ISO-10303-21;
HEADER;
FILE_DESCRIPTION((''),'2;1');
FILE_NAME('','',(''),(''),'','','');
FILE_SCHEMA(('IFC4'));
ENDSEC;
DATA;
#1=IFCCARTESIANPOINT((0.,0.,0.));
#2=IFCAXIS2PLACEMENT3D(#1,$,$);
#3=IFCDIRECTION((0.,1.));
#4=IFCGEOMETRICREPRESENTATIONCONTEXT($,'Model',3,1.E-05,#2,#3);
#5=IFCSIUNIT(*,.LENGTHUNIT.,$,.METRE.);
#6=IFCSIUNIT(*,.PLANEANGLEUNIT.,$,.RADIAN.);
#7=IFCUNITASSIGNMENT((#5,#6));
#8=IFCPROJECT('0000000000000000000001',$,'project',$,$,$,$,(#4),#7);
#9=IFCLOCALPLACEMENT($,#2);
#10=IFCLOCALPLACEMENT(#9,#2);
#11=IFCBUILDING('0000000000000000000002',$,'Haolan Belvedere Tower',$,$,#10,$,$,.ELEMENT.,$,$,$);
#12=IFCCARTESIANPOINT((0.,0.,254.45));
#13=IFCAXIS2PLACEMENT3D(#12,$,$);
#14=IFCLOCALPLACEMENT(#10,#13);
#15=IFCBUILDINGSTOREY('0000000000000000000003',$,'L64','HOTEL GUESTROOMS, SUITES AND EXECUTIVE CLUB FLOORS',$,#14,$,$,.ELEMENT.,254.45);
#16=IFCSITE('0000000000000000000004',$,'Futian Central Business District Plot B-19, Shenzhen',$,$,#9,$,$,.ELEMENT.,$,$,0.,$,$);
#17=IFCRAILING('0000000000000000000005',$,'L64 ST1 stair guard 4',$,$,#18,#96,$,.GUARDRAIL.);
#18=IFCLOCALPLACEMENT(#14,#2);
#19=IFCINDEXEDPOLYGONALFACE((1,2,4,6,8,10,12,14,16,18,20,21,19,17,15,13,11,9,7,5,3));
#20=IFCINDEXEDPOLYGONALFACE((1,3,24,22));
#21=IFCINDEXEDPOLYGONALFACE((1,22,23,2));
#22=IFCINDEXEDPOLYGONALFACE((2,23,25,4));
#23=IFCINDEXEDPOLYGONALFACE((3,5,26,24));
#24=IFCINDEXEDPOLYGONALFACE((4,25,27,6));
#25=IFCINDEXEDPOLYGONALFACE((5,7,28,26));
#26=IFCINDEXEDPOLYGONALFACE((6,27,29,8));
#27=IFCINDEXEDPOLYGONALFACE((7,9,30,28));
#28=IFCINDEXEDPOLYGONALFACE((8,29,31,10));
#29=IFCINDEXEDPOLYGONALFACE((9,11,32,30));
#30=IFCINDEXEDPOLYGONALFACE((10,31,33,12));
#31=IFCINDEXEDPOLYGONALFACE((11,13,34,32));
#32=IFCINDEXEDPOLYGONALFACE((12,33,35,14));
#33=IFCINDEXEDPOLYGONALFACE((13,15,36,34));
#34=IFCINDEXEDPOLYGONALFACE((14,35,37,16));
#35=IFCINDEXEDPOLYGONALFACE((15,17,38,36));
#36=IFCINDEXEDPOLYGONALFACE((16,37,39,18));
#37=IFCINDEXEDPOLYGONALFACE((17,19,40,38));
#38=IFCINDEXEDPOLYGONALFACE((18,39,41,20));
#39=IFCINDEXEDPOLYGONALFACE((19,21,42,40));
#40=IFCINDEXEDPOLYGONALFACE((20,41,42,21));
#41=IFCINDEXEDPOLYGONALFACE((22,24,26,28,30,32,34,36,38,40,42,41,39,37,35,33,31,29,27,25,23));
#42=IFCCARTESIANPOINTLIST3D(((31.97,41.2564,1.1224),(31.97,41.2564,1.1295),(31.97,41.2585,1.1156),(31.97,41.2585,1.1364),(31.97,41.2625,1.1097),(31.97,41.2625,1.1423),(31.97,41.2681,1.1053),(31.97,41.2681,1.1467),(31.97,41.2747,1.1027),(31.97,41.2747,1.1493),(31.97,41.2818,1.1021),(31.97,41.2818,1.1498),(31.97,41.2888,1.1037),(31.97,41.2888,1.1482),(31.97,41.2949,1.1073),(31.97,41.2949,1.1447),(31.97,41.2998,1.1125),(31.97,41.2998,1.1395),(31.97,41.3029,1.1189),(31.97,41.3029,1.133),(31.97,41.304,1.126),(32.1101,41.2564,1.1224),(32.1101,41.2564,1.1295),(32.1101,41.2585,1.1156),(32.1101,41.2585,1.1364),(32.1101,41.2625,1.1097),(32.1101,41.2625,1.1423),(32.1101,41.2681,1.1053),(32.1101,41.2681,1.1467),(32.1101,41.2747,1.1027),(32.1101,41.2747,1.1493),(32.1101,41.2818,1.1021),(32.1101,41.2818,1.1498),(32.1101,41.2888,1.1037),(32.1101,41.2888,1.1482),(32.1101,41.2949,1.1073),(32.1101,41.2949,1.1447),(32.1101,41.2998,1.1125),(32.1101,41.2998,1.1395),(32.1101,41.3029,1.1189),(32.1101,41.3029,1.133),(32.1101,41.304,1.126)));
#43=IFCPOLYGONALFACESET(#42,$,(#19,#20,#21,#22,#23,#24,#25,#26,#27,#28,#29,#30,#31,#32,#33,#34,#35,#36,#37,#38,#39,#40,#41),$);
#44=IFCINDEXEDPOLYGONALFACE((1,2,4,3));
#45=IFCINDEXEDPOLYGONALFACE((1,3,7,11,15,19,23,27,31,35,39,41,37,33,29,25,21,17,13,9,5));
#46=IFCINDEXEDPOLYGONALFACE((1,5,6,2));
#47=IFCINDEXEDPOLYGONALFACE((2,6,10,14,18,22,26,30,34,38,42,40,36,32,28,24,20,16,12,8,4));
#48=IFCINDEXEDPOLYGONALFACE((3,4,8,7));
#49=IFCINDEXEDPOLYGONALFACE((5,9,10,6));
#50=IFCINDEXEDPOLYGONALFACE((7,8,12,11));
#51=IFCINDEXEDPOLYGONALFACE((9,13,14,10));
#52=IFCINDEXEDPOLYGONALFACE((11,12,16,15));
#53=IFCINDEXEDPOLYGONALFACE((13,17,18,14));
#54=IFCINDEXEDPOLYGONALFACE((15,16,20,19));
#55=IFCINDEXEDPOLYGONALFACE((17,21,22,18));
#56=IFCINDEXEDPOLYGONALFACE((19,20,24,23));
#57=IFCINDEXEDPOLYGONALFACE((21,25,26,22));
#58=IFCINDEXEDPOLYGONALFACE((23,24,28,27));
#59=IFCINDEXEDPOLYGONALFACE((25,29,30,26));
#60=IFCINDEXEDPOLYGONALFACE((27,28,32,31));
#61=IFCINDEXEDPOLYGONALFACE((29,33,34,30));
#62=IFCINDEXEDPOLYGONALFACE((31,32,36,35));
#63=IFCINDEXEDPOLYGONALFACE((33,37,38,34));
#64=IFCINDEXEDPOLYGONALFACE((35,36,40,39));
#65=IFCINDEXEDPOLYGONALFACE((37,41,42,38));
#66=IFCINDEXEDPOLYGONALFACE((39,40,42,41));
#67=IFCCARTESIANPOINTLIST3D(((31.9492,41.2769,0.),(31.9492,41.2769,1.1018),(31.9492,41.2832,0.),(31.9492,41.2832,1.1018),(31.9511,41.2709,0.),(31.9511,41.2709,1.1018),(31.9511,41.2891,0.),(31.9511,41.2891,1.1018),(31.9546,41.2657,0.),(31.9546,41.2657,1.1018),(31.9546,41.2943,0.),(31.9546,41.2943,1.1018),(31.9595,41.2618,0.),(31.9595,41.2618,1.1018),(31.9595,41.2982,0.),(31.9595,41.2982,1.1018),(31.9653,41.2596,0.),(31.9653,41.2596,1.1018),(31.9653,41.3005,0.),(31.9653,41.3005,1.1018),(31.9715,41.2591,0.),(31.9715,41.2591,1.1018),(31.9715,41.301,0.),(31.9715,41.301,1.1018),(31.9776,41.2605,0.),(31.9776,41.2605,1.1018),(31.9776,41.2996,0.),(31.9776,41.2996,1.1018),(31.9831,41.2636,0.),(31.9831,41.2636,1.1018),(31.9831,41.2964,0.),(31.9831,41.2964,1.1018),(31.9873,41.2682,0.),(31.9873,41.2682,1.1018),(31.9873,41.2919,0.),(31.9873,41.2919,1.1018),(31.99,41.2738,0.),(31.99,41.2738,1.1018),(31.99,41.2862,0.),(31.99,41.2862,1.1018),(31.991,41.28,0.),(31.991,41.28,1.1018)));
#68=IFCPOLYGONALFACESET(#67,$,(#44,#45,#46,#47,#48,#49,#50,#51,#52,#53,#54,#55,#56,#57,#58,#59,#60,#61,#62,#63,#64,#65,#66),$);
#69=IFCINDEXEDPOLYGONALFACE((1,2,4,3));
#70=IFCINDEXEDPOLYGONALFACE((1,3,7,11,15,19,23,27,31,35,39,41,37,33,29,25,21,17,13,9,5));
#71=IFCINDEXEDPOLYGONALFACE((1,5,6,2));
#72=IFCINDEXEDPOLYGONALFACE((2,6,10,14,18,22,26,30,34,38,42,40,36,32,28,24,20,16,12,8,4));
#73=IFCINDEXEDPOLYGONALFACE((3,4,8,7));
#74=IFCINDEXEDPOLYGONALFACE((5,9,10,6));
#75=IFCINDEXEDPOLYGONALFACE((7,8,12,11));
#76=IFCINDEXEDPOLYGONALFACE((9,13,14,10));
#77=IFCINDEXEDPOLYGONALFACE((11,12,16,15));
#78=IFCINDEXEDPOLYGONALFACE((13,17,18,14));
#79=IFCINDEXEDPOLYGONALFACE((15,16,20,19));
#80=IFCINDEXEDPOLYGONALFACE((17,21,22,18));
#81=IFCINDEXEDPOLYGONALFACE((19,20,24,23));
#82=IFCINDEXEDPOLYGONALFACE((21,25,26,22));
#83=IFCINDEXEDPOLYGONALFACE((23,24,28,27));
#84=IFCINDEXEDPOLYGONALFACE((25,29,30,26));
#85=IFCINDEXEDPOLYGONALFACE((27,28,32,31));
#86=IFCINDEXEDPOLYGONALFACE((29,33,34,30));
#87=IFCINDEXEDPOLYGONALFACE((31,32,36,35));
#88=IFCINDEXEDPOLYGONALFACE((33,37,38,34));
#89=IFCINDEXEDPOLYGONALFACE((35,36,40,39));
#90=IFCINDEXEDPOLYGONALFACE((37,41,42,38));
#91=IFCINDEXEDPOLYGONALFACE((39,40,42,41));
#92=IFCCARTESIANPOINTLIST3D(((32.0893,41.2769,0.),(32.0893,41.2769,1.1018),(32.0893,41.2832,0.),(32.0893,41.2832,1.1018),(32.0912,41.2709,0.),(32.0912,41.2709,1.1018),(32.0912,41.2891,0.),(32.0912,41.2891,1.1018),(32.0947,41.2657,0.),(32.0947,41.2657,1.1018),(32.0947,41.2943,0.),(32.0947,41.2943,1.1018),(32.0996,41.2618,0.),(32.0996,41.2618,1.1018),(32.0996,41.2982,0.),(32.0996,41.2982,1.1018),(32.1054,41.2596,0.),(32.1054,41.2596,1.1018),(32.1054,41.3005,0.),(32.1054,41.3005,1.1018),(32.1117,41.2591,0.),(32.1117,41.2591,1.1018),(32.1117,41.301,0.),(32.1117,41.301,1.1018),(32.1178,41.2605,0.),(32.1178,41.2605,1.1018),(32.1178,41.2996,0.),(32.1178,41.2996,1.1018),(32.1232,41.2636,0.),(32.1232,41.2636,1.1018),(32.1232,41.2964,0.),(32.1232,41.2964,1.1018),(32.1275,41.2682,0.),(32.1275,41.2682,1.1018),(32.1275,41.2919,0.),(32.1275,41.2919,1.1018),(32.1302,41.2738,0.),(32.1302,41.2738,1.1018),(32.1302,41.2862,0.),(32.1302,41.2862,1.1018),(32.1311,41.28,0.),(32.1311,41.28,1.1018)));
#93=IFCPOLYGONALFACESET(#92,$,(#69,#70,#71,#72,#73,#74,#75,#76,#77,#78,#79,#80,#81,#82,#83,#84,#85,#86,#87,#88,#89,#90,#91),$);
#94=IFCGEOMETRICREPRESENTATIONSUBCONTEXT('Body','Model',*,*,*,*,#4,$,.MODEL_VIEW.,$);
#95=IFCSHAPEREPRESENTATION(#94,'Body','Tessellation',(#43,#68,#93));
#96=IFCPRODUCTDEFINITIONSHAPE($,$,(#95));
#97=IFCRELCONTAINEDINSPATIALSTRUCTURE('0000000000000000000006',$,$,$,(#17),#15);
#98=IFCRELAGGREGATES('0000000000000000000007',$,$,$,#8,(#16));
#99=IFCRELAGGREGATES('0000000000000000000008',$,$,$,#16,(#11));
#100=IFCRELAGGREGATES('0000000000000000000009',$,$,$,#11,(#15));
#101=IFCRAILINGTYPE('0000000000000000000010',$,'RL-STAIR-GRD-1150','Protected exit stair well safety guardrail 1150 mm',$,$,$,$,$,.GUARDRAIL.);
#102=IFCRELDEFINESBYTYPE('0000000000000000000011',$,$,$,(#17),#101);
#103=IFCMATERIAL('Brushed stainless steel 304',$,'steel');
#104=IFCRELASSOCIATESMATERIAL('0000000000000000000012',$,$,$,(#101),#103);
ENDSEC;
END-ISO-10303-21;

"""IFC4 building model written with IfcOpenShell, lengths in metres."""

from ifc_helpers import new_model, si_unit, direction, frame, origin, origin_2d, place, context, subcontext, project, spatial, circle, extrude, material, type_object, element, save


model = new_model("IFC4")

# Units and contexts
model_context = context("Model", 3, precision=1e-05, world=origin(), true_north=direction((0.0, 1.0)))
body_context = subcontext(model_context, "Body", "Model", "MODEL_VIEW")
ifc_project = project(units=[si_unit("LENGTHUNIT", "METRE"), si_unit("PLANEANGLEUNIT", "RADIAN")], contexts=[model_context])

# Site, building, storey
site_placement = place(None, origin())
site = spatial("IfcSite", under=ifc_project, at=site_placement, Name="Futian Central Business District Plot B-19, Shenzhen", CompositionType="ELEMENT", RefElevation=0.0)
building_placement = place(site_placement, origin())
building = spatial("IfcBuilding", under=site, at=building_placement, Name="Haolan Belvedere Tower", CompositionType="ELEMENT")
storey_placement = place(building_placement, frame((0.0, 0.0, 254.45)))
storey = spatial("IfcBuildingStorey", under=building, at=storey_placement, Name="L64", Description="HOTEL GUESTROOMS, SUITES AND EXECUTIVE CLUB FLOORS", CompositionType="ELEMENT", Elevation=254.45)

# Railing
ifc_material_1 = material(Name="Brushed stainless steel 304", Category="steel")
railing_type_1 = type_object("IfcRailingType", Name="RL-STAIR-GRD-1150", Description="Protected exit stair well safety guardrail 1150 mm", PredefinedType="GUARDRAIL", material=ifc_material_1)
railing_1_placement = place(storey_placement, frame((31.97, 41.28, 0.0)))
element("IfcRailing", 1, at=railing_1_placement, inside=storey, type_object=railing_type_1, Name="L64 ST1 stair guard 4", PredefinedType="GUARDRAIL", context=body_context, shape_type="SweptSolid", body=[
    extrude(circle(Radius=0.0239, at=origin_2d()), frame((0.0, 0.0, 1.126), z_axis=(1.0, 0.0, 0.0), x_axis=(0.0, 1.0, 0.0)), (0.0, 0.0, 1.0), 0.1401),
    extrude(circle(Radius=0.021, at=origin_2d()), origin(), (0.0, 0.0, 1.0), 1.1018),
    extrude(circle(Radius=0.021, at=origin_2d()), frame((0.1401, 0.0, 0.0)), (0.0, 0.0, 1.0), 1.1018),
])

save(model, "model.ifc")
